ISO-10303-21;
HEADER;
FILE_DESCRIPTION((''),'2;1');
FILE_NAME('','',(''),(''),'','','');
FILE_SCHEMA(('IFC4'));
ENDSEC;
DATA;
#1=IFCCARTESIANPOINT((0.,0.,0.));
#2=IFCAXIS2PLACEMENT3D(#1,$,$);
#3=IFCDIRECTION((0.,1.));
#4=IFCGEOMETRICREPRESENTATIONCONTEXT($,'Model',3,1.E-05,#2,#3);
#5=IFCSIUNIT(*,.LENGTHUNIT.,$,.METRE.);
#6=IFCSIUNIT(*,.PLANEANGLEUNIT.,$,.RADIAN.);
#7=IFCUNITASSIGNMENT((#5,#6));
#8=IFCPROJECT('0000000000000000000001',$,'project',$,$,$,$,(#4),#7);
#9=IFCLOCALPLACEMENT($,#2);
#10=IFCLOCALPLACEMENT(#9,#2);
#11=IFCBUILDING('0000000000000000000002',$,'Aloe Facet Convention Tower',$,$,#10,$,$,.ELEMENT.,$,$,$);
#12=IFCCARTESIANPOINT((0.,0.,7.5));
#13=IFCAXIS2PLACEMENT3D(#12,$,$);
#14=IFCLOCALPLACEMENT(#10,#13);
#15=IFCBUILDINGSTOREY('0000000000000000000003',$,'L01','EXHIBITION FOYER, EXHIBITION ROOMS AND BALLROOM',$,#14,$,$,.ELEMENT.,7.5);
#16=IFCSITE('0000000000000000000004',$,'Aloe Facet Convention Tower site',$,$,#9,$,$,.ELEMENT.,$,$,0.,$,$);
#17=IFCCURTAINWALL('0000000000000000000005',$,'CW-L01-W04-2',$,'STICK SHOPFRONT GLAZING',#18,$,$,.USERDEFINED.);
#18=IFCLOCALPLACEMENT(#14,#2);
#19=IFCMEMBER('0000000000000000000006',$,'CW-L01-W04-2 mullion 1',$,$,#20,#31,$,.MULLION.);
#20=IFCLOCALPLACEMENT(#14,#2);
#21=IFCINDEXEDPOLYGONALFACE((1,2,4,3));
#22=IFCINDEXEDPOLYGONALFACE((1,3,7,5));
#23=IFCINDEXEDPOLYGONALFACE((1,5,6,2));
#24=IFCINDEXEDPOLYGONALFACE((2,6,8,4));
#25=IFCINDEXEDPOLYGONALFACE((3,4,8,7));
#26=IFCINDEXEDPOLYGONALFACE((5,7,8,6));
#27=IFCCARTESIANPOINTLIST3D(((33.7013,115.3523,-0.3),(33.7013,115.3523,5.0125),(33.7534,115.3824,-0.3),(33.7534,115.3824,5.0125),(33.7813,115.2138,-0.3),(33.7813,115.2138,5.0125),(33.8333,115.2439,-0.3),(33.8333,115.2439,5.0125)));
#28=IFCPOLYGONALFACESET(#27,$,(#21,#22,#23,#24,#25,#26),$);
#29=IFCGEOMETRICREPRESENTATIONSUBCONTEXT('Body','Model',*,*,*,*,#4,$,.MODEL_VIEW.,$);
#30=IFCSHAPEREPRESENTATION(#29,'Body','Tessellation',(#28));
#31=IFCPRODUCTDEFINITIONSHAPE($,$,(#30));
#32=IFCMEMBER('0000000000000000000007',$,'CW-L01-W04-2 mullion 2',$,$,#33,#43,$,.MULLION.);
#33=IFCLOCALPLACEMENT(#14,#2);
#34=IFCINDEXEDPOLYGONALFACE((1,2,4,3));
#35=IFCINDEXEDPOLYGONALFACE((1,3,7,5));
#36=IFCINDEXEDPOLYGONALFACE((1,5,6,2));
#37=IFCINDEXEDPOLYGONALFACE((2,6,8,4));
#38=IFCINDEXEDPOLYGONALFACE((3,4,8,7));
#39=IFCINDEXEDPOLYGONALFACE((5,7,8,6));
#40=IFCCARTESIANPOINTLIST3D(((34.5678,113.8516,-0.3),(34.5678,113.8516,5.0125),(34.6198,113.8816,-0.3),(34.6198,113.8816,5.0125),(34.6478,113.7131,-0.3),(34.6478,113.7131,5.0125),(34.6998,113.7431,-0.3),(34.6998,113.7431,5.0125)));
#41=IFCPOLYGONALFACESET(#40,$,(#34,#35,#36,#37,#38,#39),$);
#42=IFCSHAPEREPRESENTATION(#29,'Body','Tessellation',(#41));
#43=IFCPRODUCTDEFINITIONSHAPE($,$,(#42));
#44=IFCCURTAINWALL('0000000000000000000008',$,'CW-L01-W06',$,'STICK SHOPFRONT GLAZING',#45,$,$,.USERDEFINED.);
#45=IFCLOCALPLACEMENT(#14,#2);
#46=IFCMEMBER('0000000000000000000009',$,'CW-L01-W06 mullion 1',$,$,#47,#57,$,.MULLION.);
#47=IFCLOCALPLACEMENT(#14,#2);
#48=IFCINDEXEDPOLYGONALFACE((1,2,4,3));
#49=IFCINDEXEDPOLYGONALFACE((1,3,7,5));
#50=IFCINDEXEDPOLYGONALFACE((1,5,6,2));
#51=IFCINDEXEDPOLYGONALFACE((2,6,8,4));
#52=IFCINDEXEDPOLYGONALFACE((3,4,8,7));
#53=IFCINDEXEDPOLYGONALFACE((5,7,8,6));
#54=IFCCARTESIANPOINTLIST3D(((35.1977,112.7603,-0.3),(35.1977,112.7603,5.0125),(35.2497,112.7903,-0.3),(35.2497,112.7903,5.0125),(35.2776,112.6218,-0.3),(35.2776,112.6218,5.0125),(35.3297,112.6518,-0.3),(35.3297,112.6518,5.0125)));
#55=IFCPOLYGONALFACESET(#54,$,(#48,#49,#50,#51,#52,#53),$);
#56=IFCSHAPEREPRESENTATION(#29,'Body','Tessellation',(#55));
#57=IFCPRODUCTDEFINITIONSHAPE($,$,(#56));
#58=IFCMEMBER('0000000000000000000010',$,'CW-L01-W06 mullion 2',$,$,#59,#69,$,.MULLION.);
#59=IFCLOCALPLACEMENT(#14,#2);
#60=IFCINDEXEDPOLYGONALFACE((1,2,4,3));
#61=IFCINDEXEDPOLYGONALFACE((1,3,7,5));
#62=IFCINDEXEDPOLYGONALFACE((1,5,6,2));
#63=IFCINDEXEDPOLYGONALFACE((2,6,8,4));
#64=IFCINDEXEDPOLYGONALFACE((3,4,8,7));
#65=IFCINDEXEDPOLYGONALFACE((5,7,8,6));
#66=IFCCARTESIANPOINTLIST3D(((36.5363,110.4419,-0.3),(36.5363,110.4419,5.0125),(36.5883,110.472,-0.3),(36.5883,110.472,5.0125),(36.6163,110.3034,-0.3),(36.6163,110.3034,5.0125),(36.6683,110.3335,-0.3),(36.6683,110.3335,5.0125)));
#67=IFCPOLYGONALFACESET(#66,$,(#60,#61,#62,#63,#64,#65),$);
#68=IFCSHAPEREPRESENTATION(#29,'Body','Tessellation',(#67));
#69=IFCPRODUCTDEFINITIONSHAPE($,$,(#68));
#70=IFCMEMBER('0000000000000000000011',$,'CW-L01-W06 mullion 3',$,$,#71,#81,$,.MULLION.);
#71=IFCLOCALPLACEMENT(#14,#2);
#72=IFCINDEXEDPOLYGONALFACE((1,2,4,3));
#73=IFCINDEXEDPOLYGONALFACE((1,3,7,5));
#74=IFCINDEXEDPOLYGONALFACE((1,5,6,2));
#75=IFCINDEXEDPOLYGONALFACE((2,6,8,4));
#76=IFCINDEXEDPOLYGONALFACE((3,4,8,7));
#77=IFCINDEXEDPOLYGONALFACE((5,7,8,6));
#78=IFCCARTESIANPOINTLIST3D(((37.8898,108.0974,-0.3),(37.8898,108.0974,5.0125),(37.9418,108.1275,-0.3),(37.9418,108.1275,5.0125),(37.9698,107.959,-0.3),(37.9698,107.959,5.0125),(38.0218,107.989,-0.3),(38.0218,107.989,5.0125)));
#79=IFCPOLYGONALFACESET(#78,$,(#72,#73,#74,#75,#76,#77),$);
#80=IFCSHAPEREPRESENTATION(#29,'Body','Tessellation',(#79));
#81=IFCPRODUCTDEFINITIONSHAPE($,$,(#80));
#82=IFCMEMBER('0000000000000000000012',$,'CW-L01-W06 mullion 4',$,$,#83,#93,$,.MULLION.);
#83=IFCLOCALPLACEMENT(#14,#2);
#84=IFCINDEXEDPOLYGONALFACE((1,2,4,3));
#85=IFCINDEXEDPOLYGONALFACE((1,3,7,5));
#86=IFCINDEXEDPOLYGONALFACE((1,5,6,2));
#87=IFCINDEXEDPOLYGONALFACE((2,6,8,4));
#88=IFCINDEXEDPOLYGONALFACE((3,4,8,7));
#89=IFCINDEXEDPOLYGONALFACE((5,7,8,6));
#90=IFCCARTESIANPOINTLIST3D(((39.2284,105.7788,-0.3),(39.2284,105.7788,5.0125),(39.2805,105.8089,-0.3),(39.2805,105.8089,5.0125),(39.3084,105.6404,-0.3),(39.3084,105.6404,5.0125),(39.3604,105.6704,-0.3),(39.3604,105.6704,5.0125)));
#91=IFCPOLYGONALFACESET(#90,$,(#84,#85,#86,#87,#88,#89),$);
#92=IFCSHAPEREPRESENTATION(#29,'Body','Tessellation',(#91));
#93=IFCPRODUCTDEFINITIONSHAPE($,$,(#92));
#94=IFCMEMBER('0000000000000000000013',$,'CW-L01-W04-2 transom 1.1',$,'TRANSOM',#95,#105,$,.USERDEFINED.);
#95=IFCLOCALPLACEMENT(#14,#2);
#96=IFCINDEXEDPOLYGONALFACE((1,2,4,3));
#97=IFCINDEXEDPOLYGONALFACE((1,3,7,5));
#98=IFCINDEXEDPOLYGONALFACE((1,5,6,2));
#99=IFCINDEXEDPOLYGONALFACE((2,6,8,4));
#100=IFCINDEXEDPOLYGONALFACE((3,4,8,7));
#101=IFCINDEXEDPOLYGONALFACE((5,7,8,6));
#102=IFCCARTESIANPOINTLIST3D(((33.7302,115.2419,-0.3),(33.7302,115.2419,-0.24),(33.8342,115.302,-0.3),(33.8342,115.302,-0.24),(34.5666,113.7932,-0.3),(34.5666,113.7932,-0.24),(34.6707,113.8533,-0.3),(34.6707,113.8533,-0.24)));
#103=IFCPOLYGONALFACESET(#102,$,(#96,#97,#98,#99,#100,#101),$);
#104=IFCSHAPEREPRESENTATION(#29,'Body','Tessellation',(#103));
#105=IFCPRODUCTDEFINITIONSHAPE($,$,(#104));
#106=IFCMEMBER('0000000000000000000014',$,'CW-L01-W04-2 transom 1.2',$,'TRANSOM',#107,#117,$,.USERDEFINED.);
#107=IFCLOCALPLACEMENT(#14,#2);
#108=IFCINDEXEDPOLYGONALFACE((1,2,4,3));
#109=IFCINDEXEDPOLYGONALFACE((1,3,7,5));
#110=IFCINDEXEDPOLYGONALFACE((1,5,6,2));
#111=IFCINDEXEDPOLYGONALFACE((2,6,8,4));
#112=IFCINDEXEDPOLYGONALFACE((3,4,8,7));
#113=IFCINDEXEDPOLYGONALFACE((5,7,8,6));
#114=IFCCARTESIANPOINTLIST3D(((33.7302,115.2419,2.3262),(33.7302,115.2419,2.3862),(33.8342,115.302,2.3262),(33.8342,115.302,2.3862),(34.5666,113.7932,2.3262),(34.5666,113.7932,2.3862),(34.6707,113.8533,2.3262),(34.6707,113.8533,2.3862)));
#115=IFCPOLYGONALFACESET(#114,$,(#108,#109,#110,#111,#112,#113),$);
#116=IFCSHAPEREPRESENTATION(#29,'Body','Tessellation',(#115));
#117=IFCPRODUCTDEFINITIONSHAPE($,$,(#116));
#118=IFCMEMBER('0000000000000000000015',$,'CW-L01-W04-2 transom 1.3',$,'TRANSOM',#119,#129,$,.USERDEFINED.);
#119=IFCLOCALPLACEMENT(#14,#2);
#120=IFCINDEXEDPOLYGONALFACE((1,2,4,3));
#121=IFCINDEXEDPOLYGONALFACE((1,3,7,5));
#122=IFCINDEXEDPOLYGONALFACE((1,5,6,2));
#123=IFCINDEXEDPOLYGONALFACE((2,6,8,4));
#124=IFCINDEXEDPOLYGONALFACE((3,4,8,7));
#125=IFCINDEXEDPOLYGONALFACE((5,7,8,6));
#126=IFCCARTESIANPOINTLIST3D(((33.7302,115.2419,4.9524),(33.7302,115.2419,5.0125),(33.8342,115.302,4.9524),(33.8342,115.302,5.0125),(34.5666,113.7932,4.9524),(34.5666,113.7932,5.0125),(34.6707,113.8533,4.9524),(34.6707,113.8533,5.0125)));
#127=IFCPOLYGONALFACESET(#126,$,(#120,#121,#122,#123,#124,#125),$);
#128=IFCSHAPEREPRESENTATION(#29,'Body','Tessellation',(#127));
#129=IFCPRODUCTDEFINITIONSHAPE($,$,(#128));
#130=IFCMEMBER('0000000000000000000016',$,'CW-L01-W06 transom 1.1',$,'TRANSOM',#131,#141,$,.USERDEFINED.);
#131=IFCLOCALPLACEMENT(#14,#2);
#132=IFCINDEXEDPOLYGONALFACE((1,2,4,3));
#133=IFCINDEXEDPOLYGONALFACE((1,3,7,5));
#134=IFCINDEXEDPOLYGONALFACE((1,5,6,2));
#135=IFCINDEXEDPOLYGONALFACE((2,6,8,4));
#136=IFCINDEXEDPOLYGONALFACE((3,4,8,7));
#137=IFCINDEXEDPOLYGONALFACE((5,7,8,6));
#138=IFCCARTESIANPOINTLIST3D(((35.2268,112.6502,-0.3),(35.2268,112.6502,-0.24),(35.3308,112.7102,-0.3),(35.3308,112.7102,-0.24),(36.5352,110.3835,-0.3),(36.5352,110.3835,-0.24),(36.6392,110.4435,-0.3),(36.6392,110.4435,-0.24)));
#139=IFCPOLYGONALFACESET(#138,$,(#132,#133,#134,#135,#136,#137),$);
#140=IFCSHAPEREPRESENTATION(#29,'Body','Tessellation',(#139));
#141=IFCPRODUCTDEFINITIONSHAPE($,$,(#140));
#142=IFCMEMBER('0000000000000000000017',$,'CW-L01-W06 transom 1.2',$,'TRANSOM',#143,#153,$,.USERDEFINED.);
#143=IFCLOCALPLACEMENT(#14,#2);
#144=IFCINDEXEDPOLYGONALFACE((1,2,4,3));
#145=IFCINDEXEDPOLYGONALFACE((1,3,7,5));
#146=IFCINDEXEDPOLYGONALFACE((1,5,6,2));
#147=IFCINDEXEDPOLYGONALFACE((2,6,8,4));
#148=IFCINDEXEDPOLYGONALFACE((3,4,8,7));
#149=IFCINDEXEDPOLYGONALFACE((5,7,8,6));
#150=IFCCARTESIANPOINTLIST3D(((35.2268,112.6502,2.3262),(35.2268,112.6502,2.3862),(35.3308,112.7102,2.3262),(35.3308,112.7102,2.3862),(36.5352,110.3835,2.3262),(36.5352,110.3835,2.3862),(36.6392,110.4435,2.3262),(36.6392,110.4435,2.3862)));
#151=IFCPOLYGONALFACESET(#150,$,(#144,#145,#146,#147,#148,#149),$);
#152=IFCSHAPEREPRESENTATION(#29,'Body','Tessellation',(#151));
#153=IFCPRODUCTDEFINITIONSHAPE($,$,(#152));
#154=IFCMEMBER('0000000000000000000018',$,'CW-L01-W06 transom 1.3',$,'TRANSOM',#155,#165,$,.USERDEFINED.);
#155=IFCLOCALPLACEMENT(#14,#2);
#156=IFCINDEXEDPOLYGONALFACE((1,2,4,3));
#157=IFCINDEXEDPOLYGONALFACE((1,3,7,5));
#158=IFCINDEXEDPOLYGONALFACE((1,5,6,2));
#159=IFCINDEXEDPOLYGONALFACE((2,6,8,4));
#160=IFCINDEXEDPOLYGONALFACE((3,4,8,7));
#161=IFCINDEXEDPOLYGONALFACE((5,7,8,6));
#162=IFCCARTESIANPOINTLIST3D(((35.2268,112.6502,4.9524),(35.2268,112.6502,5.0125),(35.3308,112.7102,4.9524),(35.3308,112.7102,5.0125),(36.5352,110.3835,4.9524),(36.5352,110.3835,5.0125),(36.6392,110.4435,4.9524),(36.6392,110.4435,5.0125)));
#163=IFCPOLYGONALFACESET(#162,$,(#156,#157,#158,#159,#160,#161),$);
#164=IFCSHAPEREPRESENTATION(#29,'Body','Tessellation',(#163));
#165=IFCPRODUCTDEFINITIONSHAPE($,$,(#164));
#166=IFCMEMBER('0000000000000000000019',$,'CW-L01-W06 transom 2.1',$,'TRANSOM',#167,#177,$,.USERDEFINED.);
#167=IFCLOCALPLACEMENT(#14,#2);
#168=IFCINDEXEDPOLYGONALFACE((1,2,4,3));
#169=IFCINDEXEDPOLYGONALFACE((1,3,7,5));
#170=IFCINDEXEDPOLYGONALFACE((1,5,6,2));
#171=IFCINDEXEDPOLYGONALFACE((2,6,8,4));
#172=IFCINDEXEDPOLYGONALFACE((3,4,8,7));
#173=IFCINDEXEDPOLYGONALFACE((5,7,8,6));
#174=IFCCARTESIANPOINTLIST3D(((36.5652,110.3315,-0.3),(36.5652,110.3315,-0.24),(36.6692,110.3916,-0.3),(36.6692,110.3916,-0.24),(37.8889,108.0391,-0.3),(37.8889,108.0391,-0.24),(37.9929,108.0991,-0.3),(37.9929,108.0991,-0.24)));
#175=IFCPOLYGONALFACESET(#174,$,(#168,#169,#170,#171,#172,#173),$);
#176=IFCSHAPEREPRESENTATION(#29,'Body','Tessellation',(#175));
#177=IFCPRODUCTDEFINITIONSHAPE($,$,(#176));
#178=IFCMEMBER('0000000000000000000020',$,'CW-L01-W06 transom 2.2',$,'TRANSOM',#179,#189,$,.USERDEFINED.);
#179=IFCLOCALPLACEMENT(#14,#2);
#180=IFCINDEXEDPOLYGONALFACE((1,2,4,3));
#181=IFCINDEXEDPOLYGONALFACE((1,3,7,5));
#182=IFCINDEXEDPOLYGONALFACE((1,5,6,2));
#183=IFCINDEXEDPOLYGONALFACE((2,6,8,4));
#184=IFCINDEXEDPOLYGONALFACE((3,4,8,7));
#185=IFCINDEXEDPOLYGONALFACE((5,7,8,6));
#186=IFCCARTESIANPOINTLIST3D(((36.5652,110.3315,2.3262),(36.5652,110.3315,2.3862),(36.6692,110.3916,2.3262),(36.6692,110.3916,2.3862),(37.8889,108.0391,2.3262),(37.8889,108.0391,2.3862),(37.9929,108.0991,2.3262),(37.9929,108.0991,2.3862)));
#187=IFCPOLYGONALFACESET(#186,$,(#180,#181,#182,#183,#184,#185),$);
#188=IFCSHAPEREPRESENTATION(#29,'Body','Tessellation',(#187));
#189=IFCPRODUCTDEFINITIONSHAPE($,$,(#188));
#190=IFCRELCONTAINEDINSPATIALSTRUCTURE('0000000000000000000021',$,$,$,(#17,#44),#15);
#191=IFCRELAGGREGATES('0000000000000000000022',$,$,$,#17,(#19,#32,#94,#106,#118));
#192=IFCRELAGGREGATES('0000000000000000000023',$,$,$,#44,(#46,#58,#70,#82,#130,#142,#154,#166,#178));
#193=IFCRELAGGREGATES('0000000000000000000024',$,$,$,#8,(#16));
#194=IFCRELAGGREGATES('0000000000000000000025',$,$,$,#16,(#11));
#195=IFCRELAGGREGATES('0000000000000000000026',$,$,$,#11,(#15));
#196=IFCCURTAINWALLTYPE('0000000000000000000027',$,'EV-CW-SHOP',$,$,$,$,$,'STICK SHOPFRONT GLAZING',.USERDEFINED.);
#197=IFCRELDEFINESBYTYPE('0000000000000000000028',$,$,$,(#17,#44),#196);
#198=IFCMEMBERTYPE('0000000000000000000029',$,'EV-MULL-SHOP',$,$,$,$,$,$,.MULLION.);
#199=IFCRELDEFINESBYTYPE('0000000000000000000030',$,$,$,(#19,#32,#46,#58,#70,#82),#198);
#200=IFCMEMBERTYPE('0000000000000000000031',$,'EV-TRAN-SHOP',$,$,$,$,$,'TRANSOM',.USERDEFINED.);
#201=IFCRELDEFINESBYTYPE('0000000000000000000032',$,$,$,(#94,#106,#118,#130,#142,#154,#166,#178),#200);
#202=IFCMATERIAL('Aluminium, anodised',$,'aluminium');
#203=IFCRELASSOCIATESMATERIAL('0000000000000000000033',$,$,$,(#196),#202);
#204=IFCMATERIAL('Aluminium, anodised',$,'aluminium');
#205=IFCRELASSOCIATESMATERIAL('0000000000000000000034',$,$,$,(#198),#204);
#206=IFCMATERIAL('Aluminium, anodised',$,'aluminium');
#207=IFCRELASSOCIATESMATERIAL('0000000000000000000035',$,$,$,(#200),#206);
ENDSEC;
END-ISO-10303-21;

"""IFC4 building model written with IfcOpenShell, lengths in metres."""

from ifc_helpers import new_model, si_unit, direction, frame, origin, origin_2d, place, context, subcontext, project, spatial, rectangle, extrude, material, material_profile, profile_set, type_object, element, aggregate, save


model = new_model("IFC4")

# Units and contexts
model_context = context("Model", 3, precision=1e-05, world=origin(), true_north=direction((0.0, 1.0)))
body_context = subcontext(model_context, "Body", "Model", "MODEL_VIEW")
ifc_project = project(units=[si_unit("LENGTHUNIT", "METRE"), si_unit("PLANEANGLEUNIT", "RADIAN")], contexts=[model_context])

# Site, building, storey
site_placement = place(None, origin())
site = spatial("IfcSite", under=ifc_project, at=site_placement, Name="Aloe Facet Convention Tower site", CompositionType="ELEMENT", RefElevation=0.0)
building_placement = place(site_placement, origin())
building = spatial("IfcBuilding", under=site, at=building_placement, Name="Aloe Facet Convention Tower", CompositionType="ELEMENT")
storey_placement = place(building_placement, frame((0.0, 0.0, 7.5)))
storey = spatial("IfcBuildingStorey", under=building, at=storey_placement, Name="L01", Description="EXHIBITION FOYER, EXHIBITION ROOMS AND BALLROOM", CompositionType="ELEMENT", Elevation=7.5)

# Curtain walls, members
ifc_material_1 = material(Name="Aluminium, anodised", Category="aluminium")
curtain_wall_type = type_object("IfcCurtainWallType", Name="EV-CW-SHOP", ElementType="STICK SHOPFRONT GLAZING", PredefinedType="USERDEFINED", material=ifc_material_1)
curtain_wall_1_placement = place(storey_placement, origin())
curtain_wall_1 = element("IfcCurtainWall", 1, at=curtain_wall_1_placement, inside=storey, type_object=curtain_wall_type, Name="CW-L01-W04-2", ObjectType="STICK SHOPFRONT GLAZING", PredefinedType="USERDEFINED")
ifc_material_2 = material(Name="Aluminium, anodised", Category="aluminium")
ifc_material_profile_1 = material_profile(ifc_material_2, rectangle(XDim=0.0601, YDim=0.1599, at=origin_2d()), Name="AL 60x160")
ifc_profile_set_1 = profile_set([ifc_material_profile_1], Name="Aluminium, anodised")
member_type_1 = type_object("IfcMemberType", Name="EV-MULL-SHOP", PredefinedType="MULLION", material=ifc_profile_set_1)
member_1_placement = place(storey_placement, frame((33.7673, 115.2981, -0.3), z_axis=(0.0, 0.0, 1.0), x_axis=(0.866025, 0.5, 0.0)))
member_1 = element("IfcMember", 2, at=member_1_placement, type_object=member_type_1, Name="CW-L01-W04-2 mullion 1", PredefinedType="MULLION", context=body_context, shape_type="SweptSolid", body=[
    extrude(rectangle(XDim=0.0601, YDim=0.1599, at=origin_2d()), origin(), (0.0, 0.0, 1.0), 5.3125),
])
member_2_placement = place(storey_placement, frame((34.6338, 113.7974, -0.3), z_axis=(0.0, 0.0, 1.0), x_axis=(0.866025, 0.5, 0.0)))
member_2 = element("IfcMember", 3, at=member_2_placement, type_object=member_type_1, Name="CW-L01-W04-2 mullion 2", PredefinedType="MULLION", context=body_context, shape_type="SweptSolid", body=[
    extrude(rectangle(XDim=0.0601, YDim=0.1599, at=origin_2d()), origin(), (0.0, 0.0, 1.0), 5.3125),
])
curtain_wall_2_placement = place(storey_placement, origin())
curtain_wall_2 = element("IfcCurtainWall", 4, at=curtain_wall_2_placement, inside=storey, type_object=curtain_wall_type, Name="CW-L01-W06", ObjectType="STICK SHOPFRONT GLAZING", PredefinedType="USERDEFINED")
member_3_placement = place(storey_placement, frame((35.2637, 112.7061, -0.3), z_axis=(0.0, 0.0, 1.0), x_axis=(0.866025, 0.5, 0.0)))
member_3 = element("IfcMember", 5, at=member_3_placement, type_object=member_type_1, Name="CW-L01-W06 mullion 1", PredefinedType="MULLION", context=body_context, shape_type="SweptSolid", body=[
    extrude(rectangle(XDim=0.0601, YDim=0.1599, at=origin_2d()), origin(), (0.0, 0.0, 1.0), 5.3125),
])
member_4_placement = place(storey_placement, frame((36.6023, 110.3877, -0.3), z_axis=(0.0, 0.0, 1.0), x_axis=(0.866025, 0.5, 0.0)))
member_4 = element("IfcMember", 6, at=member_4_placement, type_object=member_type_1, Name="CW-L01-W06 mullion 2", PredefinedType="MULLION", context=body_context, shape_type="SweptSolid", body=[
    extrude(rectangle(XDim=0.0601, YDim=0.1599, at=origin_2d()), origin(), (0.0, 0.0, 1.0), 5.3125),
])
member_5_placement = place(storey_placement, frame((37.9558, 108.0432, -0.3), z_axis=(0.0, 0.0, 1.0), x_axis=(0.866025, 0.5, 0.0)))
member_5 = element("IfcMember", 7, at=member_5_placement, type_object=member_type_1, Name="CW-L01-W06 mullion 3", PredefinedType="MULLION", context=body_context, shape_type="SweptSolid", body=[
    extrude(rectangle(XDim=0.0601, YDim=0.1599, at=origin_2d()), origin(), (0.0, 0.0, 1.0), 5.3125),
])
member_6_placement = place(storey_placement, frame((39.2944, 105.7246, -0.3), z_axis=(0.0, 0.0, 1.0), x_axis=(0.866025, 0.5, 0.0)))
member_6 = element("IfcMember", 8, at=member_6_placement, type_object=member_type_1, Name="CW-L01-W06 mullion 4", PredefinedType="MULLION", context=body_context, shape_type="SweptSolid", body=[
    extrude(rectangle(XDim=0.0601, YDim=0.1599, at=origin_2d()), origin(), (0.0, 0.0, 1.0), 5.3125),
])

# Members
ifc_material_3 = material(Name="Aluminium, anodised", Category="aluminium")
ifc_material_profile_2 = material_profile(ifc_material_3, rectangle(XDim=0.1201, YDim=0.0601, at=origin_2d()), Name="AL 120x60")
ifc_profile_set_2 = profile_set([ifc_material_profile_2], Name="Aluminium, anodised")
member_type_2 = type_object("IfcMemberType", Name="EV-TRAN-SHOP", ElementType="TRANSOM", PredefinedType="USERDEFINED", material=ifc_profile_set_2)
member_7_placement = place(storey_placement, frame((33.7822, 115.272, -0.27), z_axis=(0.5, -0.866025, 0.0), x_axis=(0.866025, 0.5, 0.0)))
member_7 = element("IfcMember", 9, at=member_7_placement, type_object=member_type_2, Name="CW-L01-W04-2 transom 1.1", ObjectType="TRANSOM", PredefinedType="USERDEFINED", context=body_context, shape_type="SweptSolid", body=[
    extrude(rectangle(XDim=0.1201, YDim=0.0601, at=origin_2d()), origin(), (0.0, 0.0, 1.0), 1.6729),
])
member_8_placement = place(storey_placement, frame((33.7822, 115.272, 2.3562), z_axis=(0.5, -0.866025, 0.0), x_axis=(0.866025, 0.5, 0.0)))
member_8 = element("IfcMember", 10, at=member_8_placement, type_object=member_type_2, Name="CW-L01-W04-2 transom 1.2", ObjectType="TRANSOM", PredefinedType="USERDEFINED", context=body_context, shape_type="SweptSolid", body=[
    extrude(rectangle(XDim=0.1201, YDim=0.0601, at=origin_2d()), origin(), (0.0, 0.0, 1.0), 1.6729),
])
member_9_placement = place(storey_placement, frame((33.7822, 115.272, 4.9824), z_axis=(0.5, -0.866025, 0.0), x_axis=(0.866025, 0.5, 0.0)))
member_9 = element("IfcMember", 11, at=member_9_placement, type_object=member_type_2, Name="CW-L01-W04-2 transom 1.3", ObjectType="TRANSOM", PredefinedType="USERDEFINED", context=body_context, shape_type="SweptSolid", body=[
    extrude(rectangle(XDim=0.1201, YDim=0.0601, at=origin_2d()), origin(), (0.0, 0.0, 1.0), 1.6729),
])
member_10_placement = place(storey_placement, frame((35.2788, 112.6802, -0.27), z_axis=(0.499922, -0.866071, 0.0), x_axis=(0.866071, 0.499922, 0.0)))
member_10 = element("IfcMember", 12, at=member_10_placement, type_object=member_type_2, Name="CW-L01-W06 transom 1.1", ObjectType="TRANSOM", PredefinedType="USERDEFINED", context=body_context, shape_type="SweptSolid", body=[
    extrude(rectangle(XDim=0.1201, YDim=0.0601, at=origin_2d()), origin(), (0.0, 0.0, 1.0), 2.6172),
])
member_11_placement = place(storey_placement, frame((35.2788, 112.6802, 2.3562), z_axis=(0.499922, -0.866071, 0.0), x_axis=(0.866071, 0.499922, 0.0)))
member_11 = element("IfcMember", 13, at=member_11_placement, type_object=member_type_2, Name="CW-L01-W06 transom 1.2", ObjectType="TRANSOM", PredefinedType="USERDEFINED", context=body_context, shape_type="SweptSolid", body=[
    extrude(rectangle(XDim=0.1201, YDim=0.0601, at=origin_2d()), origin(), (0.0, 0.0, 1.0), 2.6172),
])
member_12_placement = place(storey_placement, frame((35.2788, 112.6802, 4.9824), z_axis=(0.499922, -0.866071, 0.0), x_axis=(0.866071, 0.499922, 0.0)))
member_12 = element("IfcMember", 14, at=member_12_placement, type_object=member_type_2, Name="CW-L01-W06 transom 1.3", ObjectType="TRANSOM", PredefinedType="USERDEFINED", context=body_context, shape_type="SweptSolid", body=[
    extrude(rectangle(XDim=0.1201, YDim=0.0601, at=origin_2d()), origin(), (0.0, 0.0, 1.0), 2.6172),
])
member_13_placement = place(storey_placement, frame((36.6172, 110.3616, -0.27), z_axis=(0.500047, -0.865998, 0.0), x_axis=(0.865998, 0.500047, 0.0)))
member_13 = element("IfcMember", 15, at=member_13_placement, type_object=member_type_2, Name="CW-L01-W06 transom 2.1", ObjectType="TRANSOM", PredefinedType="USERDEFINED", context=body_context, shape_type="SweptSolid", body=[
    extrude(rectangle(XDim=0.1201, YDim=0.0601, at=origin_2d()), origin(), (0.0, 0.0, 1.0), 2.6472),
])
member_14_placement = place(storey_placement, frame((36.6172, 110.3616, 2.3562), z_axis=(0.500047, -0.865998, 0.0), x_axis=(0.865998, 0.500047, 0.0)))
member_14 = element("IfcMember", 16, at=member_14_placement, type_object=member_type_2, Name="CW-L01-W06 transom 2.2", ObjectType="TRANSOM", PredefinedType="USERDEFINED", context=body_context, shape_type="SweptSolid", body=[
    extrude(rectangle(XDim=0.1201, YDim=0.0601, at=origin_2d()), origin(), (0.0, 0.0, 1.0), 2.6472),
])

aggregate(curtain_wall_1, [member_1, member_2, member_7, member_8, member_9])
aggregate(curtain_wall_2, [member_3, member_4, member_5, member_6, member_10, member_11, member_12, member_13, member_14])

save(model, "model.ifc")
